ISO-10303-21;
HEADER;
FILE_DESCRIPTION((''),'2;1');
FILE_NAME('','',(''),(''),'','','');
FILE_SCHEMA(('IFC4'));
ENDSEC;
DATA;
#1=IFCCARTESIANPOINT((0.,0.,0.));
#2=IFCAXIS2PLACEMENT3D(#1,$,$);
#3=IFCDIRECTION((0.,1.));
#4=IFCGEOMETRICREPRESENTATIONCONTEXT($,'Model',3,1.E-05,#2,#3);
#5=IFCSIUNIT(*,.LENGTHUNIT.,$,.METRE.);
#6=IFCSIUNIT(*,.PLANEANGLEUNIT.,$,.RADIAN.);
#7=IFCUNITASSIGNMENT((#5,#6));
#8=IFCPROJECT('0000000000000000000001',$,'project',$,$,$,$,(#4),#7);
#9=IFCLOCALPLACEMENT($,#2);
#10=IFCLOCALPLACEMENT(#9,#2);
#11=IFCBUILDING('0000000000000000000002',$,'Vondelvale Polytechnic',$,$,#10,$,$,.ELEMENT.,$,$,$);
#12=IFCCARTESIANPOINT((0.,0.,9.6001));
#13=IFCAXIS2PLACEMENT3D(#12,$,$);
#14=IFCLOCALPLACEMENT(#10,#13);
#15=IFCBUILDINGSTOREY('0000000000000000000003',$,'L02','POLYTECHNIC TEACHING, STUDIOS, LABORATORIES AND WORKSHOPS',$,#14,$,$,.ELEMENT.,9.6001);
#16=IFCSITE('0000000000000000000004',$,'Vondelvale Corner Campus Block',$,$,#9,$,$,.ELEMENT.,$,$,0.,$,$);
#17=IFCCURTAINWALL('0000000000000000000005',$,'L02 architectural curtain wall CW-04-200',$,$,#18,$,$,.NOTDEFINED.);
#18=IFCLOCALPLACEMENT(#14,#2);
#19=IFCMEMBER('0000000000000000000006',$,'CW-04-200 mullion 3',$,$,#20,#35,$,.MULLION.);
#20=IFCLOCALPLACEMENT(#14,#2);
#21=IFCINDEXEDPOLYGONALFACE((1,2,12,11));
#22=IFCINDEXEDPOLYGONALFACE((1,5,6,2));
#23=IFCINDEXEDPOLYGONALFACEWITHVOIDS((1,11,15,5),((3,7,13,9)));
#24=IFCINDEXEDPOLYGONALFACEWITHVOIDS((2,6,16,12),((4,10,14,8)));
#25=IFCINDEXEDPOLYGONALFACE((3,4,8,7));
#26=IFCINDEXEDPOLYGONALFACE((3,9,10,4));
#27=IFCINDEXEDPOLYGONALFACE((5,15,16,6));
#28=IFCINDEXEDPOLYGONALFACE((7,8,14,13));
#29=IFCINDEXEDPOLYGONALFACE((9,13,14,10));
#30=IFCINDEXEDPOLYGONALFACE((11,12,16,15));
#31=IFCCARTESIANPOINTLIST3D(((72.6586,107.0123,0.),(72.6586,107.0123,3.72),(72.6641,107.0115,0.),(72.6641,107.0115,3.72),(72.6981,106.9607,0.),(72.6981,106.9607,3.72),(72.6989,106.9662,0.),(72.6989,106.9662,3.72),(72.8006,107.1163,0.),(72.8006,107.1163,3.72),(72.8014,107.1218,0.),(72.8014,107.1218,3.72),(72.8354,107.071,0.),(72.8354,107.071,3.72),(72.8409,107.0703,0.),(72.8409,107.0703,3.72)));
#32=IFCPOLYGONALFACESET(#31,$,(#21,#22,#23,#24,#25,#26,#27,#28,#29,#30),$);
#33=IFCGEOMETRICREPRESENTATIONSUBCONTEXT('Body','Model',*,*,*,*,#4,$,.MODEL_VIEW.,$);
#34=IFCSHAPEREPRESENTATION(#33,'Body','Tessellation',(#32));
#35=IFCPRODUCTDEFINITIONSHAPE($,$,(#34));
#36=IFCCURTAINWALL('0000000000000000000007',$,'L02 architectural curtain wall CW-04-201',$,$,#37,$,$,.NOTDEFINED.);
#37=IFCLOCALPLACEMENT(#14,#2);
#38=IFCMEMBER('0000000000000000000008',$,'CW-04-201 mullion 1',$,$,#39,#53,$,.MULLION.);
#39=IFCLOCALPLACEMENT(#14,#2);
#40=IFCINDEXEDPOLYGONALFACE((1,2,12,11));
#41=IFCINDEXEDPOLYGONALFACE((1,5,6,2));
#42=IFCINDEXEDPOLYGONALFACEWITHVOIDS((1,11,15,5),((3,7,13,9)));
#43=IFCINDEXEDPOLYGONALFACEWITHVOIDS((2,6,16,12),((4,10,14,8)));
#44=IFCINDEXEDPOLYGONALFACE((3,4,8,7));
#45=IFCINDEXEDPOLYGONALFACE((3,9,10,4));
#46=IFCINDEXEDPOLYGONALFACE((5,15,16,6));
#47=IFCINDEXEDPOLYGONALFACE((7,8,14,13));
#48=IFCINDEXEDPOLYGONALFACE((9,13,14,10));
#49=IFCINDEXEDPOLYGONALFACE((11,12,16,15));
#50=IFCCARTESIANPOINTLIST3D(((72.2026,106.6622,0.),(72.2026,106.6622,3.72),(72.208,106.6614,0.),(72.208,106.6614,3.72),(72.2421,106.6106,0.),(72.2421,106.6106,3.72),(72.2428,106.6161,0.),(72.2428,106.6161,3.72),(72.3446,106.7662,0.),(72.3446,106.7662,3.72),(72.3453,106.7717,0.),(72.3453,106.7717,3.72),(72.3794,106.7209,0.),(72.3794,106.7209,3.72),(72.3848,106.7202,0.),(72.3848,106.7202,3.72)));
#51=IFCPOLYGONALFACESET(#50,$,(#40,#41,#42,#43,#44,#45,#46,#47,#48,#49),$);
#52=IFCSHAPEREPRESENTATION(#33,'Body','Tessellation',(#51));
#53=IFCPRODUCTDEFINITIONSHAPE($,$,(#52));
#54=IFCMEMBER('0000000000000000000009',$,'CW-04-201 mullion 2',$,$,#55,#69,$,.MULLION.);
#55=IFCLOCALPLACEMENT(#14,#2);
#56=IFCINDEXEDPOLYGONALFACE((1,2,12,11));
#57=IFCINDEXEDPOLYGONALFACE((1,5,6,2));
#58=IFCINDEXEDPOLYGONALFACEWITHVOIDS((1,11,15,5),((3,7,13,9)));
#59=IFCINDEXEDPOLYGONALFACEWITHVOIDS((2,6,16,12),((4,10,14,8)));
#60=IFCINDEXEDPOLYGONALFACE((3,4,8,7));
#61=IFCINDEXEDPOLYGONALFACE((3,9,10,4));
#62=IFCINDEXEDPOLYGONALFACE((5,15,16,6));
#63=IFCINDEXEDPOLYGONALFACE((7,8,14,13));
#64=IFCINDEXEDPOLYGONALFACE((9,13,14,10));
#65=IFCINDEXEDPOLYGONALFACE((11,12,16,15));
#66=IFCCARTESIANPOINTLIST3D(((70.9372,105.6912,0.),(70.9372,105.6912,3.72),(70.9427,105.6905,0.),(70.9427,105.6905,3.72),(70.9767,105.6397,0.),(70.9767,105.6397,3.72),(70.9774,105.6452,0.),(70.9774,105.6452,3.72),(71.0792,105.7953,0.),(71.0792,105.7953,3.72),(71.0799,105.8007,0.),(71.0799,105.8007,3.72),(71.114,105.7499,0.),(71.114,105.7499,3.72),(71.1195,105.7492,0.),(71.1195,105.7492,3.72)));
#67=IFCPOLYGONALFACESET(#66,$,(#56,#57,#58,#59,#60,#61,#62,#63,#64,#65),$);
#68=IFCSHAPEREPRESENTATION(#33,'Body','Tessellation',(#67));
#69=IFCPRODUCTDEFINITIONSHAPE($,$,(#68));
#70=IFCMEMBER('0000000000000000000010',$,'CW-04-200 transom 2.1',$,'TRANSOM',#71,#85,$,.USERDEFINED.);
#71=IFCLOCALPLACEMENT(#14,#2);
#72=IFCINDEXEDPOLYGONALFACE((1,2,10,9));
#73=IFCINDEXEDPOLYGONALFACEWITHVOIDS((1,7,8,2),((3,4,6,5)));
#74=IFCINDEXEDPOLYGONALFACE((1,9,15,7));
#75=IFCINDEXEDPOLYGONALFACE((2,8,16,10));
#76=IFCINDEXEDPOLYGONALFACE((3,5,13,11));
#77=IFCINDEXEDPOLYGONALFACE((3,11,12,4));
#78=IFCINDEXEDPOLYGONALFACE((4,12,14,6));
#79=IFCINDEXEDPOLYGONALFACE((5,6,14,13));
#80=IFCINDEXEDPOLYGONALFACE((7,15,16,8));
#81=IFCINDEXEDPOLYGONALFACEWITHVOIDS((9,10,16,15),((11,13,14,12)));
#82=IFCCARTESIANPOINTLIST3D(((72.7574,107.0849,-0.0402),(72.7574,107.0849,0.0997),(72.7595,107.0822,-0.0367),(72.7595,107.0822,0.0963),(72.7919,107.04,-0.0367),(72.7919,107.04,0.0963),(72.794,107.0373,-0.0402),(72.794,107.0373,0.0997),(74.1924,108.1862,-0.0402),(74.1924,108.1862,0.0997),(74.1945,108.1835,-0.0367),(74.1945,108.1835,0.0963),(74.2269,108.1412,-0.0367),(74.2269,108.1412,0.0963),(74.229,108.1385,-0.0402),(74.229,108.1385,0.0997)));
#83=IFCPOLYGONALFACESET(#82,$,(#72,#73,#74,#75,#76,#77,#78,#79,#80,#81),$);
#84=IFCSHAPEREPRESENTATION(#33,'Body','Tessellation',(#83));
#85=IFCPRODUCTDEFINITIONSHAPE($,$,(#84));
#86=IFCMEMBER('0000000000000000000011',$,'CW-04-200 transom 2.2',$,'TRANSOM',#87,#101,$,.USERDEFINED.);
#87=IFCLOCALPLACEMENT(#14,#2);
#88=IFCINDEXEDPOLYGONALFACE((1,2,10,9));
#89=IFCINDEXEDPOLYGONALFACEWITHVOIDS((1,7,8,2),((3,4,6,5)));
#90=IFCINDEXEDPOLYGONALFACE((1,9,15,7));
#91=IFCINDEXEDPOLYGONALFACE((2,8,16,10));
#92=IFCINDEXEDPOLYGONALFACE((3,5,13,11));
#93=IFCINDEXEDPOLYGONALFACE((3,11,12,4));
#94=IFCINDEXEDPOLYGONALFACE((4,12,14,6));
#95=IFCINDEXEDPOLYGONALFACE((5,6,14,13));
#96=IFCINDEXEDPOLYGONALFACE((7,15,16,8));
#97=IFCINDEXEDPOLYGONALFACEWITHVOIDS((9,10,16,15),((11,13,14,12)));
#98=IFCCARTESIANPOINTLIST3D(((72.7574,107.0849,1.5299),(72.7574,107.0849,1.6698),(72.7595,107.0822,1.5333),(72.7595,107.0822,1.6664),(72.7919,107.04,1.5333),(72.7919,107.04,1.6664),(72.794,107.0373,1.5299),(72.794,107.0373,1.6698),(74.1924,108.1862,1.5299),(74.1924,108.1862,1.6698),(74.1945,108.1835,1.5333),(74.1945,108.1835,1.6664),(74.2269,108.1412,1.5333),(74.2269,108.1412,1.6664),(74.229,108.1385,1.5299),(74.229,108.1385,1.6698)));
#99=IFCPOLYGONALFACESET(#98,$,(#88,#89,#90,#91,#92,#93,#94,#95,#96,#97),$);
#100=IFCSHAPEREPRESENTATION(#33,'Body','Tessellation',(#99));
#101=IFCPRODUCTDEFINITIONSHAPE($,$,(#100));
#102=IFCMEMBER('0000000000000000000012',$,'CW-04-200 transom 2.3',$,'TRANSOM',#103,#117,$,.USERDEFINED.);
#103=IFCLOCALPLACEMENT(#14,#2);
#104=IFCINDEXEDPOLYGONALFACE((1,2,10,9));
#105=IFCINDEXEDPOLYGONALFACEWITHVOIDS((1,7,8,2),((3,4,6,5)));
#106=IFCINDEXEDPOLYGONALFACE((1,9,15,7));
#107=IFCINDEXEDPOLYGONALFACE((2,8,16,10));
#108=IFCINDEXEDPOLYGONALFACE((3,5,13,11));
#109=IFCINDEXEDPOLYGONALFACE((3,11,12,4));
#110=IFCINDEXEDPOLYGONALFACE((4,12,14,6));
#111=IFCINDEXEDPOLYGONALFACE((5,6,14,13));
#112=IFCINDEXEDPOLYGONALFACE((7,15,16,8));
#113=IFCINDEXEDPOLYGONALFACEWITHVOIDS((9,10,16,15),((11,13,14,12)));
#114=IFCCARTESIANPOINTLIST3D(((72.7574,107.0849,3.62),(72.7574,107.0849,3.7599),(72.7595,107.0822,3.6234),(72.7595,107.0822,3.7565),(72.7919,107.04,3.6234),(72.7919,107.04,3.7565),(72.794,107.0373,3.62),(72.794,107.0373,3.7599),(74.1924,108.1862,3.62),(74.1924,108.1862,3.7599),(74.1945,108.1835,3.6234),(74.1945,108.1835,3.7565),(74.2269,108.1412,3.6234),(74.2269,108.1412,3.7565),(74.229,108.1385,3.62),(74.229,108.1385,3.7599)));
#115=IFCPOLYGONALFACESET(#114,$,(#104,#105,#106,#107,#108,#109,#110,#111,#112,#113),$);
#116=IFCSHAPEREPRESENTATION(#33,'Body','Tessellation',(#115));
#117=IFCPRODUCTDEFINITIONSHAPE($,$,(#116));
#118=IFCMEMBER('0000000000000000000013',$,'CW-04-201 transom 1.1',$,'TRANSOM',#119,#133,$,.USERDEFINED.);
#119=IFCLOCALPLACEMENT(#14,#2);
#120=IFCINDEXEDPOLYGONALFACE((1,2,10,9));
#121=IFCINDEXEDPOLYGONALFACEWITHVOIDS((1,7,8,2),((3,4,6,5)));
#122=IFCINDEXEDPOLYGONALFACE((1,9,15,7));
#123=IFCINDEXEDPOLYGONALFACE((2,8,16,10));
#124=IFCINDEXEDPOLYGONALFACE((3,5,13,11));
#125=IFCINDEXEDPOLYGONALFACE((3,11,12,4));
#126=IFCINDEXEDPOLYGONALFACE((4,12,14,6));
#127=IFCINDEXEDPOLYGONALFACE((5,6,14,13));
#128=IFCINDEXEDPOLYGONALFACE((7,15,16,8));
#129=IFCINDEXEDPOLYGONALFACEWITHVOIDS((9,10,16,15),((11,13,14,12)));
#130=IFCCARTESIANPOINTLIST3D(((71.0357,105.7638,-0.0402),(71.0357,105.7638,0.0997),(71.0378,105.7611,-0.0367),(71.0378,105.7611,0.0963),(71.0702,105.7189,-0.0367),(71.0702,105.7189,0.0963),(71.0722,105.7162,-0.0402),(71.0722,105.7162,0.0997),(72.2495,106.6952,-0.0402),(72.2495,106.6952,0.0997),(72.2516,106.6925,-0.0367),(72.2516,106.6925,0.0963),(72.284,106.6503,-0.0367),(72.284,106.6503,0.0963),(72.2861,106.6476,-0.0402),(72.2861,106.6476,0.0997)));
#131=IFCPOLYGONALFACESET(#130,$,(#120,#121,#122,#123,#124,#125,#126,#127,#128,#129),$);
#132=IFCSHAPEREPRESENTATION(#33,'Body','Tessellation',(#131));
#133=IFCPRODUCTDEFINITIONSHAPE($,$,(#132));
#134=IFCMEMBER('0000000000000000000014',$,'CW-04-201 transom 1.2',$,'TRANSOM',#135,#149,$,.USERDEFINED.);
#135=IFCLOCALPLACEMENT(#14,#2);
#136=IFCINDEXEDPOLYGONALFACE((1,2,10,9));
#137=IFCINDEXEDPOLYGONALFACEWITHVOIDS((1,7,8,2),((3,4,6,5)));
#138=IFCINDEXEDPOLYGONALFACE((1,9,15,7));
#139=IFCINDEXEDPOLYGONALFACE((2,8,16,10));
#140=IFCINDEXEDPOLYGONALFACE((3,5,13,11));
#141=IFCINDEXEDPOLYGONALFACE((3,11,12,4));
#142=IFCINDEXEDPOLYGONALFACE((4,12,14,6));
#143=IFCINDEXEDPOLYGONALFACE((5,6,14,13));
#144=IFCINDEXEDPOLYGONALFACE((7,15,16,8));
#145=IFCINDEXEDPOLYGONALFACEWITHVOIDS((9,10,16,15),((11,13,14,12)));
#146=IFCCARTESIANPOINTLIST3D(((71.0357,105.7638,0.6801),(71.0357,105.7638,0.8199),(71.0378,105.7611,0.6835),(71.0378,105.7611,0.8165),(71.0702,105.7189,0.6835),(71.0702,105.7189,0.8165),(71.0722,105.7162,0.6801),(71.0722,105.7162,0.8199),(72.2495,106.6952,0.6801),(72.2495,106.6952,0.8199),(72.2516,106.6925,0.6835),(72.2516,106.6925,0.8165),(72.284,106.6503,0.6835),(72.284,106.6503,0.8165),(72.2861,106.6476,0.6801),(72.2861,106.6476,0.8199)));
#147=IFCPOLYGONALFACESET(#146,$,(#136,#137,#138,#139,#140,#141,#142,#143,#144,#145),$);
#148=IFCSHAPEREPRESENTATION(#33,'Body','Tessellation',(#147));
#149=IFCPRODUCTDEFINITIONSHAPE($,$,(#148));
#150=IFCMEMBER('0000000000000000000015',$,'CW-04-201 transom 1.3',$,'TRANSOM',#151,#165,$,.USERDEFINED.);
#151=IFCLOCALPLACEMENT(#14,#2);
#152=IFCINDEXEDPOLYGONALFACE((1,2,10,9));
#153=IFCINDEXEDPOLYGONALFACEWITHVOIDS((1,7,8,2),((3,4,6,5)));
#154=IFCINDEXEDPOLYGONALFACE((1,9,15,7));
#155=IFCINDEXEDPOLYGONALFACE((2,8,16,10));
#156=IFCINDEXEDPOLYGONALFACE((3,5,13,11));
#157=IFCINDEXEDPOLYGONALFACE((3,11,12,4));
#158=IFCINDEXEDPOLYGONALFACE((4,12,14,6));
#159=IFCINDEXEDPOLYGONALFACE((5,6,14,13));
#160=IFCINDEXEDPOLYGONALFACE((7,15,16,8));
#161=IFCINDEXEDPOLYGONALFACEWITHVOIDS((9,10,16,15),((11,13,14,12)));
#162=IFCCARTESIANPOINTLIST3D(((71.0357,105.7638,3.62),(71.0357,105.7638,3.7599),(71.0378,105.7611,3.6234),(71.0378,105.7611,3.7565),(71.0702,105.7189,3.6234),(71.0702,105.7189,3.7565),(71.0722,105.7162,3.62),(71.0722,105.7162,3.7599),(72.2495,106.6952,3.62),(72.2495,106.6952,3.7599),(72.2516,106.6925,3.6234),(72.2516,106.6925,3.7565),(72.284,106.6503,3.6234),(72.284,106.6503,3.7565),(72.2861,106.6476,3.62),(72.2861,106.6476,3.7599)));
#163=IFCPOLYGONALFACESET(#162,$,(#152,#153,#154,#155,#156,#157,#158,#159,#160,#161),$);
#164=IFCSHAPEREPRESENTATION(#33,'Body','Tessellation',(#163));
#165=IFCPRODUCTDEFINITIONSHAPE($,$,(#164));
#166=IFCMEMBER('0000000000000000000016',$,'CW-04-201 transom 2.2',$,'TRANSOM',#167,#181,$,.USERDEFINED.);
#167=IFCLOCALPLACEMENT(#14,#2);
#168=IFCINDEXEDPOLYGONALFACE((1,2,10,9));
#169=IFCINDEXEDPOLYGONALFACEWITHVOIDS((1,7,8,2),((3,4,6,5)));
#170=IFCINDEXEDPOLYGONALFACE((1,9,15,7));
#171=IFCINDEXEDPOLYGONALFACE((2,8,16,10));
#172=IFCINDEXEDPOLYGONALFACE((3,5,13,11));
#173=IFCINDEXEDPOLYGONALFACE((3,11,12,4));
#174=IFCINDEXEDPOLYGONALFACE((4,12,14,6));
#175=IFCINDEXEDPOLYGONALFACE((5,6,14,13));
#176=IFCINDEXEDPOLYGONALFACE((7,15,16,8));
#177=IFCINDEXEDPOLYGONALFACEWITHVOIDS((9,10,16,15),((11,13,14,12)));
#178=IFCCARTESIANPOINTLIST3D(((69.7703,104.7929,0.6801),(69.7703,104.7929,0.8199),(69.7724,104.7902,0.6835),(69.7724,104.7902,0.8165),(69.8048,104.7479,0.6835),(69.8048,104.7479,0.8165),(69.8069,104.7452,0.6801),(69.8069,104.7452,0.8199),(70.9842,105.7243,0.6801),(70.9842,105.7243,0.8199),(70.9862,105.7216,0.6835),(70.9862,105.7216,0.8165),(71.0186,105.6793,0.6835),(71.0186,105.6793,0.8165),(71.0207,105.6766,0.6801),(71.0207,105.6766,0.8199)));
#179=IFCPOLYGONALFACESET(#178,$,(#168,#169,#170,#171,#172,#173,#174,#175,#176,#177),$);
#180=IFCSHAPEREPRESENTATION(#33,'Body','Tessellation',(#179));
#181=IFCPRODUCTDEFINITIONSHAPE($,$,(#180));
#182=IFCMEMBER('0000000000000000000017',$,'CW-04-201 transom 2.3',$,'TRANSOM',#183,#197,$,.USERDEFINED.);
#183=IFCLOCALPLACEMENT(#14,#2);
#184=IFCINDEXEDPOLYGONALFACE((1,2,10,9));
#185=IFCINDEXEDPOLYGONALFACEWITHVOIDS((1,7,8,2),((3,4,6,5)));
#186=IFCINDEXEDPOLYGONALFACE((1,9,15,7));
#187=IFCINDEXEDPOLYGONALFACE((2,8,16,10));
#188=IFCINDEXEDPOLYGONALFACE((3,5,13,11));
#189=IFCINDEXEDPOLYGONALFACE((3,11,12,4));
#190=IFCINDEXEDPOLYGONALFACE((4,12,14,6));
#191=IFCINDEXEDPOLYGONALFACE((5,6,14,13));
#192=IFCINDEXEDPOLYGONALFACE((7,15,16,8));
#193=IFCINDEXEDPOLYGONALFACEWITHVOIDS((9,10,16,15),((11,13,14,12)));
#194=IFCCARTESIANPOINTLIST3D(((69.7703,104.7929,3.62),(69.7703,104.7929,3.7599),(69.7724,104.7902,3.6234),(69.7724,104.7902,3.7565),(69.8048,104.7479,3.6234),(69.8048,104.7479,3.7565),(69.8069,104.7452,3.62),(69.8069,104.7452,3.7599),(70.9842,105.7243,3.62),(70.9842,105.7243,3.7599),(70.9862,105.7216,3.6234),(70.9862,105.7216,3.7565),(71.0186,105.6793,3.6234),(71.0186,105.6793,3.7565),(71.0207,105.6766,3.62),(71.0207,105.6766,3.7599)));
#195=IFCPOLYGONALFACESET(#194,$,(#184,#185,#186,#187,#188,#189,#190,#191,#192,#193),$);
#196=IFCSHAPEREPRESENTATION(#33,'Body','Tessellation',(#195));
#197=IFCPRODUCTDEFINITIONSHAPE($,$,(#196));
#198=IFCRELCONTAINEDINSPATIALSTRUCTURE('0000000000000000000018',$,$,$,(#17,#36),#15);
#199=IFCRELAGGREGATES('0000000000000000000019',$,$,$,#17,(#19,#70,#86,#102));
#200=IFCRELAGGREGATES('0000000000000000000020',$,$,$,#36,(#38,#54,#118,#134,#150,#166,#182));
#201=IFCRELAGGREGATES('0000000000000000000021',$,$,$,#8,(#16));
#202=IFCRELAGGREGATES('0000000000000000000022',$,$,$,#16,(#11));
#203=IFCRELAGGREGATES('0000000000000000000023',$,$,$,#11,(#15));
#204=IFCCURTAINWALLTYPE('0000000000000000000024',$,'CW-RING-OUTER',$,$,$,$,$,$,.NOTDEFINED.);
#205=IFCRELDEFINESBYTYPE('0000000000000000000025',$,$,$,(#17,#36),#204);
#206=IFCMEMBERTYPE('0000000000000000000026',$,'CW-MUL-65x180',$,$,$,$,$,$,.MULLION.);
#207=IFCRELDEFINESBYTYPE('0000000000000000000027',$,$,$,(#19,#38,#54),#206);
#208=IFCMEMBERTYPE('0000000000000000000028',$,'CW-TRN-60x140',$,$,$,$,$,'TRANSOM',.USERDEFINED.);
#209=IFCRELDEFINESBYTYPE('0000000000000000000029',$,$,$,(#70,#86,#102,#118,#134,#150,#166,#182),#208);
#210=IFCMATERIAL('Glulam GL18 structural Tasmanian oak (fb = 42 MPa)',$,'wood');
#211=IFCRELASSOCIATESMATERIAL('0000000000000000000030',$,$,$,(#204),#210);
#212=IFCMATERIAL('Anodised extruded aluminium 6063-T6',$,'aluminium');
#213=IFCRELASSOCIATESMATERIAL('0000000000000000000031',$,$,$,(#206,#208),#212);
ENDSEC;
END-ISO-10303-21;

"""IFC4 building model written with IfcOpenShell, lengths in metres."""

from ifc_helpers import new_model, si_unit, direction, frame, origin, origin_2d, place, context, subcontext, project, spatial, hollow_rectangle, extrude, material, material_profile, profile_set, type_object, element, aggregate, save


model = new_model("IFC4")

# Units and contexts
model_context = context("Model", 3, precision=1e-05, world=origin(), true_north=direction((0.0, 1.0)))
body_context = subcontext(model_context, "Body", "Model", "MODEL_VIEW")
ifc_project = project(units=[si_unit("LENGTHUNIT", "METRE"), si_unit("PLANEANGLEUNIT", "RADIAN")], contexts=[model_context])

# Site, building, storey
site_placement = place(None, origin())
site = spatial("IfcSite", under=ifc_project, at=site_placement, Name="Vondelvale Corner Campus Block", CompositionType="ELEMENT", RefElevation=0.0)
building_placement = place(site_placement, origin())
building = spatial("IfcBuilding", under=site, at=building_placement, Name="Vondelvale Polytechnic", CompositionType="ELEMENT")
storey_placement = place(building_placement, frame((0.0, 0.0, 9.6001)))
storey = spatial("IfcBuildingStorey", under=building, at=storey_placement, Name="L02", Description="POLYTECHNIC TEACHING, STUDIOS, LABORATORIES AND WORKSHOPS", CompositionType="ELEMENT", Elevation=9.6001)

# Shared definitions
ifc_material_1 = material(Name="Glulam GL18 structural Tasmanian oak (fb = 42 MPa)", Category="wood")

# Curtain walls, members
curtain_wall_type = type_object("IfcCurtainWallType", Name="CW-RING-OUTER", PredefinedType="NOTDEFINED", material=ifc_material_1)
curtain_wall_1_placement = place(storey_placement, origin())
curtain_wall_1 = element("IfcCurtainWall", 1, at=curtain_wall_1_placement, inside=storey, type_object=curtain_wall_type, Name="L02 architectural curtain wall CW-04-200", PredefinedType="NOTDEFINED")
ifc_material_2 = material(Name="Anodised extruded aluminium 6063-T6", Category="aluminium")
ifc_material_profile_1 = material_profile(ifc_material_2, hollow_rectangle(XDim=0.0649, YDim=0.1799, WallThickness=0.0039, at=origin_2d()), Name="CW-MUL-180x65")
ifc_profile_set_1 = profile_set([ifc_material_profile_1], Name="Anodised extruded aluminium 6063-T6")
member_type_1 = type_object("IfcMemberType", Name="CW-MUL-65x180", PredefinedType="MULLION", material=ifc_profile_set_1)
member_1_placement = place(storey_placement, frame((72.7498, 107.0413, 0.0), z_axis=(0.0, 0.0, 1.0), x_axis=(0.608771, -0.793346, 0.0)))
member_1 = element("IfcMember", 2, at=member_1_placement, type_object=member_type_1, Name="CW-04-200 mullion 3", PredefinedType="MULLION", context=body_context, shape_type="SweptSolid", body=[
    extrude(hollow_rectangle(XDim=0.0649, YDim=0.1799, WallThickness=0.0039, at=origin_2d()), origin(), (0.0, 0.0, 1.0), 3.72),
])
curtain_wall_2_placement = place(storey_placement, origin())
curtain_wall_2 = element("IfcCurtainWall", 3, at=curtain_wall_2_placement, inside=storey, type_object=curtain_wall_type, Name="L02 architectural curtain wall CW-04-201", PredefinedType="NOTDEFINED")
member_2_placement = place(storey_placement, frame((72.2937, 106.6912, 0.0), z_axis=(0.0, 0.0, 1.0), x_axis=(0.608787, -0.793334, 0.0)))
member_2 = element("IfcMember", 4, at=member_2_placement, type_object=member_type_1, Name="CW-04-201 mullion 1", PredefinedType="MULLION", context=body_context, shape_type="SweptSolid", body=[
    extrude(hollow_rectangle(XDim=0.0649, YDim=0.1799, WallThickness=0.0039, at=origin_2d()), origin(), (0.0, 0.0, 1.0), 3.72),
])
member_3_placement = place(storey_placement, frame((71.0283, 105.7202, 0.0), z_axis=(0.0, 0.0, 1.0), x_axis=(0.608787, -0.793334, 0.0)))
member_3 = element("IfcMember", 5, at=member_3_placement, type_object=member_type_1, Name="CW-04-201 mullion 2", PredefinedType="MULLION", context=body_context, shape_type="SweptSolid", body=[
    extrude(hollow_rectangle(XDim=0.0649, YDim=0.1799, WallThickness=0.0039, at=origin_2d()), origin(), (0.0, 0.0, 1.0), 3.72),
])

# Members
ifc_material_profile_2 = material_profile(ifc_material_2, hollow_rectangle(XDim=0.0601, YDim=0.1399, WallThickness=0.0034, at=origin_2d()), Name="CW-TRN-140x60")
ifc_profile_set_2 = profile_set([ifc_material_profile_2], Name="Anodised extruded aluminium 6063-T6")
member_type_2 = type_object("IfcMemberType", Name="CW-TRN-60x140", ElementType="TRANSOM", PredefinedType="USERDEFINED", material=ifc_profile_set_2)
member_4_placement = place(storey_placement, frame((74.2107, 108.1624, 0.0298), z_axis=(-0.793311, -0.608817, 0.0), x_axis=(0.608817, -0.793311, 0.0)))
member_4 = element("IfcMember", 6, at=member_4_placement, type_object=member_type_2, Name="CW-04-200 transom 2.1", ObjectType="TRANSOM", PredefinedType="USERDEFINED", context=body_context, shape_type="SweptSolid", body=[
    extrude(hollow_rectangle(XDim=0.0601, YDim=0.1399, WallThickness=0.0034, at=origin_2d()), origin(), (0.0, 0.0, 1.0), 1.8088),
])
member_5_placement = place(storey_placement, frame((74.2107, 108.1624, 1.5999), z_axis=(-0.793311, -0.608817, 0.0), x_axis=(0.608817, -0.793311, 0.0)))
member_5 = element("IfcMember", 7, at=member_5_placement, type_object=member_type_2, Name="CW-04-200 transom 2.2", ObjectType="TRANSOM", PredefinedType="USERDEFINED", context=body_context, shape_type="SweptSolid", body=[
    extrude(hollow_rectangle(XDim=0.0601, YDim=0.1399, WallThickness=0.0034, at=origin_2d()), origin(), (0.0, 0.0, 1.0), 1.8088),
])
member_6_placement = place(storey_placement, frame((74.2107, 108.1624, 3.6899), z_axis=(-0.793311, -0.608817, 0.0), x_axis=(0.608817, -0.793311, 0.0)))
member_6 = element("IfcMember", 8, at=member_6_placement, type_object=member_type_2, Name="CW-04-200 transom 2.3", ObjectType="TRANSOM", PredefinedType="USERDEFINED", context=body_context, shape_type="SweptSolid", body=[
    extrude(hollow_rectangle(XDim=0.0601, YDim=0.1399, WallThickness=0.0034, at=origin_2d()), origin(), (0.0, 0.0, 1.0), 1.8088),
])
member_7_placement = place(storey_placement, frame((72.2678, 106.6714, 0.0298), z_axis=(-0.793365, -0.608746, 0.0), x_axis=(0.608746, -0.793365, 0.0)))
member_7 = element("IfcMember", 9, at=member_7_placement, type_object=member_type_2, Name="CW-04-201 transom 1.1", ObjectType="TRANSOM", PredefinedType="USERDEFINED", context=body_context, shape_type="SweptSolid", body=[
    extrude(hollow_rectangle(XDim=0.0601, YDim=0.1399, WallThickness=0.0034, at=origin_2d()), origin(), (0.0, 0.0, 1.0), 1.53),
])
member_8_placement = place(storey_placement, frame((72.2678, 106.6714, 0.75), z_axis=(-0.793365, -0.608746, 0.0), x_axis=(0.608746, -0.793365, 0.0)))
member_8 = element("IfcMember", 10, at=member_8_placement, type_object=member_type_2, Name="CW-04-201 transom 1.2", ObjectType="TRANSOM", PredefinedType="USERDEFINED", context=body_context, shape_type="SweptSolid", body=[
    extrude(hollow_rectangle(XDim=0.0601, YDim=0.1399, WallThickness=0.0034, at=origin_2d()), origin(), (0.0, 0.0, 1.0), 1.53),
])
member_9_placement = place(storey_placement, frame((72.2678, 106.6714, 3.6899), z_axis=(-0.793365, -0.608746, 0.0), x_axis=(0.608746, -0.793365, 0.0)))
member_9 = element("IfcMember", 11, at=member_9_placement, type_object=member_type_2, Name="CW-04-201 transom 1.3", ObjectType="TRANSOM", PredefinedType="USERDEFINED", context=body_context, shape_type="SweptSolid", body=[
    extrude(hollow_rectangle(XDim=0.0601, YDim=0.1399, WallThickness=0.0034, at=origin_2d()), origin(), (0.0, 0.0, 1.0), 1.53),
])
member_10_placement = place(storey_placement, frame((71.0024, 105.7004, 0.75), z_axis=(-0.793365, -0.608746, 0.0), x_axis=(0.608746, -0.793365, 0.0)))
member_10 = element("IfcMember", 12, at=member_10_placement, type_object=member_type_2, Name="CW-04-201 transom 2.2", ObjectType="TRANSOM", PredefinedType="USERDEFINED", context=body_context, shape_type="SweptSolid", body=[
    extrude(hollow_rectangle(XDim=0.0601, YDim=0.1399, WallThickness=0.0034, at=origin_2d()), origin(), (0.0, 0.0, 1.0), 1.53),
])
member_11_placement = place(storey_placement, frame((71.0024, 105.7004, 3.6899), z_axis=(-0.793365, -0.608746, 0.0), x_axis=(0.608746, -0.793365, 0.0)))
member_11 = element("IfcMember", 13, at=member_11_placement, type_object=member_type_2, Name="CW-04-201 transom 2.3", ObjectType="TRANSOM", PredefinedType="USERDEFINED", context=body_context, shape_type="SweptSolid", body=[
    extrude(hollow_rectangle(XDim=0.0601, YDim=0.1399, WallThickness=0.0034, at=origin_2d()), origin(), (0.0, 0.0, 1.0), 1.53),
])

aggregate(curtain_wall_1, [member_1, member_4, member_5, member_6])
aggregate(curtain_wall_2, [member_2, member_3, member_7, member_8, member_9, member_10, member_11])

save(model, "model.ifc")
